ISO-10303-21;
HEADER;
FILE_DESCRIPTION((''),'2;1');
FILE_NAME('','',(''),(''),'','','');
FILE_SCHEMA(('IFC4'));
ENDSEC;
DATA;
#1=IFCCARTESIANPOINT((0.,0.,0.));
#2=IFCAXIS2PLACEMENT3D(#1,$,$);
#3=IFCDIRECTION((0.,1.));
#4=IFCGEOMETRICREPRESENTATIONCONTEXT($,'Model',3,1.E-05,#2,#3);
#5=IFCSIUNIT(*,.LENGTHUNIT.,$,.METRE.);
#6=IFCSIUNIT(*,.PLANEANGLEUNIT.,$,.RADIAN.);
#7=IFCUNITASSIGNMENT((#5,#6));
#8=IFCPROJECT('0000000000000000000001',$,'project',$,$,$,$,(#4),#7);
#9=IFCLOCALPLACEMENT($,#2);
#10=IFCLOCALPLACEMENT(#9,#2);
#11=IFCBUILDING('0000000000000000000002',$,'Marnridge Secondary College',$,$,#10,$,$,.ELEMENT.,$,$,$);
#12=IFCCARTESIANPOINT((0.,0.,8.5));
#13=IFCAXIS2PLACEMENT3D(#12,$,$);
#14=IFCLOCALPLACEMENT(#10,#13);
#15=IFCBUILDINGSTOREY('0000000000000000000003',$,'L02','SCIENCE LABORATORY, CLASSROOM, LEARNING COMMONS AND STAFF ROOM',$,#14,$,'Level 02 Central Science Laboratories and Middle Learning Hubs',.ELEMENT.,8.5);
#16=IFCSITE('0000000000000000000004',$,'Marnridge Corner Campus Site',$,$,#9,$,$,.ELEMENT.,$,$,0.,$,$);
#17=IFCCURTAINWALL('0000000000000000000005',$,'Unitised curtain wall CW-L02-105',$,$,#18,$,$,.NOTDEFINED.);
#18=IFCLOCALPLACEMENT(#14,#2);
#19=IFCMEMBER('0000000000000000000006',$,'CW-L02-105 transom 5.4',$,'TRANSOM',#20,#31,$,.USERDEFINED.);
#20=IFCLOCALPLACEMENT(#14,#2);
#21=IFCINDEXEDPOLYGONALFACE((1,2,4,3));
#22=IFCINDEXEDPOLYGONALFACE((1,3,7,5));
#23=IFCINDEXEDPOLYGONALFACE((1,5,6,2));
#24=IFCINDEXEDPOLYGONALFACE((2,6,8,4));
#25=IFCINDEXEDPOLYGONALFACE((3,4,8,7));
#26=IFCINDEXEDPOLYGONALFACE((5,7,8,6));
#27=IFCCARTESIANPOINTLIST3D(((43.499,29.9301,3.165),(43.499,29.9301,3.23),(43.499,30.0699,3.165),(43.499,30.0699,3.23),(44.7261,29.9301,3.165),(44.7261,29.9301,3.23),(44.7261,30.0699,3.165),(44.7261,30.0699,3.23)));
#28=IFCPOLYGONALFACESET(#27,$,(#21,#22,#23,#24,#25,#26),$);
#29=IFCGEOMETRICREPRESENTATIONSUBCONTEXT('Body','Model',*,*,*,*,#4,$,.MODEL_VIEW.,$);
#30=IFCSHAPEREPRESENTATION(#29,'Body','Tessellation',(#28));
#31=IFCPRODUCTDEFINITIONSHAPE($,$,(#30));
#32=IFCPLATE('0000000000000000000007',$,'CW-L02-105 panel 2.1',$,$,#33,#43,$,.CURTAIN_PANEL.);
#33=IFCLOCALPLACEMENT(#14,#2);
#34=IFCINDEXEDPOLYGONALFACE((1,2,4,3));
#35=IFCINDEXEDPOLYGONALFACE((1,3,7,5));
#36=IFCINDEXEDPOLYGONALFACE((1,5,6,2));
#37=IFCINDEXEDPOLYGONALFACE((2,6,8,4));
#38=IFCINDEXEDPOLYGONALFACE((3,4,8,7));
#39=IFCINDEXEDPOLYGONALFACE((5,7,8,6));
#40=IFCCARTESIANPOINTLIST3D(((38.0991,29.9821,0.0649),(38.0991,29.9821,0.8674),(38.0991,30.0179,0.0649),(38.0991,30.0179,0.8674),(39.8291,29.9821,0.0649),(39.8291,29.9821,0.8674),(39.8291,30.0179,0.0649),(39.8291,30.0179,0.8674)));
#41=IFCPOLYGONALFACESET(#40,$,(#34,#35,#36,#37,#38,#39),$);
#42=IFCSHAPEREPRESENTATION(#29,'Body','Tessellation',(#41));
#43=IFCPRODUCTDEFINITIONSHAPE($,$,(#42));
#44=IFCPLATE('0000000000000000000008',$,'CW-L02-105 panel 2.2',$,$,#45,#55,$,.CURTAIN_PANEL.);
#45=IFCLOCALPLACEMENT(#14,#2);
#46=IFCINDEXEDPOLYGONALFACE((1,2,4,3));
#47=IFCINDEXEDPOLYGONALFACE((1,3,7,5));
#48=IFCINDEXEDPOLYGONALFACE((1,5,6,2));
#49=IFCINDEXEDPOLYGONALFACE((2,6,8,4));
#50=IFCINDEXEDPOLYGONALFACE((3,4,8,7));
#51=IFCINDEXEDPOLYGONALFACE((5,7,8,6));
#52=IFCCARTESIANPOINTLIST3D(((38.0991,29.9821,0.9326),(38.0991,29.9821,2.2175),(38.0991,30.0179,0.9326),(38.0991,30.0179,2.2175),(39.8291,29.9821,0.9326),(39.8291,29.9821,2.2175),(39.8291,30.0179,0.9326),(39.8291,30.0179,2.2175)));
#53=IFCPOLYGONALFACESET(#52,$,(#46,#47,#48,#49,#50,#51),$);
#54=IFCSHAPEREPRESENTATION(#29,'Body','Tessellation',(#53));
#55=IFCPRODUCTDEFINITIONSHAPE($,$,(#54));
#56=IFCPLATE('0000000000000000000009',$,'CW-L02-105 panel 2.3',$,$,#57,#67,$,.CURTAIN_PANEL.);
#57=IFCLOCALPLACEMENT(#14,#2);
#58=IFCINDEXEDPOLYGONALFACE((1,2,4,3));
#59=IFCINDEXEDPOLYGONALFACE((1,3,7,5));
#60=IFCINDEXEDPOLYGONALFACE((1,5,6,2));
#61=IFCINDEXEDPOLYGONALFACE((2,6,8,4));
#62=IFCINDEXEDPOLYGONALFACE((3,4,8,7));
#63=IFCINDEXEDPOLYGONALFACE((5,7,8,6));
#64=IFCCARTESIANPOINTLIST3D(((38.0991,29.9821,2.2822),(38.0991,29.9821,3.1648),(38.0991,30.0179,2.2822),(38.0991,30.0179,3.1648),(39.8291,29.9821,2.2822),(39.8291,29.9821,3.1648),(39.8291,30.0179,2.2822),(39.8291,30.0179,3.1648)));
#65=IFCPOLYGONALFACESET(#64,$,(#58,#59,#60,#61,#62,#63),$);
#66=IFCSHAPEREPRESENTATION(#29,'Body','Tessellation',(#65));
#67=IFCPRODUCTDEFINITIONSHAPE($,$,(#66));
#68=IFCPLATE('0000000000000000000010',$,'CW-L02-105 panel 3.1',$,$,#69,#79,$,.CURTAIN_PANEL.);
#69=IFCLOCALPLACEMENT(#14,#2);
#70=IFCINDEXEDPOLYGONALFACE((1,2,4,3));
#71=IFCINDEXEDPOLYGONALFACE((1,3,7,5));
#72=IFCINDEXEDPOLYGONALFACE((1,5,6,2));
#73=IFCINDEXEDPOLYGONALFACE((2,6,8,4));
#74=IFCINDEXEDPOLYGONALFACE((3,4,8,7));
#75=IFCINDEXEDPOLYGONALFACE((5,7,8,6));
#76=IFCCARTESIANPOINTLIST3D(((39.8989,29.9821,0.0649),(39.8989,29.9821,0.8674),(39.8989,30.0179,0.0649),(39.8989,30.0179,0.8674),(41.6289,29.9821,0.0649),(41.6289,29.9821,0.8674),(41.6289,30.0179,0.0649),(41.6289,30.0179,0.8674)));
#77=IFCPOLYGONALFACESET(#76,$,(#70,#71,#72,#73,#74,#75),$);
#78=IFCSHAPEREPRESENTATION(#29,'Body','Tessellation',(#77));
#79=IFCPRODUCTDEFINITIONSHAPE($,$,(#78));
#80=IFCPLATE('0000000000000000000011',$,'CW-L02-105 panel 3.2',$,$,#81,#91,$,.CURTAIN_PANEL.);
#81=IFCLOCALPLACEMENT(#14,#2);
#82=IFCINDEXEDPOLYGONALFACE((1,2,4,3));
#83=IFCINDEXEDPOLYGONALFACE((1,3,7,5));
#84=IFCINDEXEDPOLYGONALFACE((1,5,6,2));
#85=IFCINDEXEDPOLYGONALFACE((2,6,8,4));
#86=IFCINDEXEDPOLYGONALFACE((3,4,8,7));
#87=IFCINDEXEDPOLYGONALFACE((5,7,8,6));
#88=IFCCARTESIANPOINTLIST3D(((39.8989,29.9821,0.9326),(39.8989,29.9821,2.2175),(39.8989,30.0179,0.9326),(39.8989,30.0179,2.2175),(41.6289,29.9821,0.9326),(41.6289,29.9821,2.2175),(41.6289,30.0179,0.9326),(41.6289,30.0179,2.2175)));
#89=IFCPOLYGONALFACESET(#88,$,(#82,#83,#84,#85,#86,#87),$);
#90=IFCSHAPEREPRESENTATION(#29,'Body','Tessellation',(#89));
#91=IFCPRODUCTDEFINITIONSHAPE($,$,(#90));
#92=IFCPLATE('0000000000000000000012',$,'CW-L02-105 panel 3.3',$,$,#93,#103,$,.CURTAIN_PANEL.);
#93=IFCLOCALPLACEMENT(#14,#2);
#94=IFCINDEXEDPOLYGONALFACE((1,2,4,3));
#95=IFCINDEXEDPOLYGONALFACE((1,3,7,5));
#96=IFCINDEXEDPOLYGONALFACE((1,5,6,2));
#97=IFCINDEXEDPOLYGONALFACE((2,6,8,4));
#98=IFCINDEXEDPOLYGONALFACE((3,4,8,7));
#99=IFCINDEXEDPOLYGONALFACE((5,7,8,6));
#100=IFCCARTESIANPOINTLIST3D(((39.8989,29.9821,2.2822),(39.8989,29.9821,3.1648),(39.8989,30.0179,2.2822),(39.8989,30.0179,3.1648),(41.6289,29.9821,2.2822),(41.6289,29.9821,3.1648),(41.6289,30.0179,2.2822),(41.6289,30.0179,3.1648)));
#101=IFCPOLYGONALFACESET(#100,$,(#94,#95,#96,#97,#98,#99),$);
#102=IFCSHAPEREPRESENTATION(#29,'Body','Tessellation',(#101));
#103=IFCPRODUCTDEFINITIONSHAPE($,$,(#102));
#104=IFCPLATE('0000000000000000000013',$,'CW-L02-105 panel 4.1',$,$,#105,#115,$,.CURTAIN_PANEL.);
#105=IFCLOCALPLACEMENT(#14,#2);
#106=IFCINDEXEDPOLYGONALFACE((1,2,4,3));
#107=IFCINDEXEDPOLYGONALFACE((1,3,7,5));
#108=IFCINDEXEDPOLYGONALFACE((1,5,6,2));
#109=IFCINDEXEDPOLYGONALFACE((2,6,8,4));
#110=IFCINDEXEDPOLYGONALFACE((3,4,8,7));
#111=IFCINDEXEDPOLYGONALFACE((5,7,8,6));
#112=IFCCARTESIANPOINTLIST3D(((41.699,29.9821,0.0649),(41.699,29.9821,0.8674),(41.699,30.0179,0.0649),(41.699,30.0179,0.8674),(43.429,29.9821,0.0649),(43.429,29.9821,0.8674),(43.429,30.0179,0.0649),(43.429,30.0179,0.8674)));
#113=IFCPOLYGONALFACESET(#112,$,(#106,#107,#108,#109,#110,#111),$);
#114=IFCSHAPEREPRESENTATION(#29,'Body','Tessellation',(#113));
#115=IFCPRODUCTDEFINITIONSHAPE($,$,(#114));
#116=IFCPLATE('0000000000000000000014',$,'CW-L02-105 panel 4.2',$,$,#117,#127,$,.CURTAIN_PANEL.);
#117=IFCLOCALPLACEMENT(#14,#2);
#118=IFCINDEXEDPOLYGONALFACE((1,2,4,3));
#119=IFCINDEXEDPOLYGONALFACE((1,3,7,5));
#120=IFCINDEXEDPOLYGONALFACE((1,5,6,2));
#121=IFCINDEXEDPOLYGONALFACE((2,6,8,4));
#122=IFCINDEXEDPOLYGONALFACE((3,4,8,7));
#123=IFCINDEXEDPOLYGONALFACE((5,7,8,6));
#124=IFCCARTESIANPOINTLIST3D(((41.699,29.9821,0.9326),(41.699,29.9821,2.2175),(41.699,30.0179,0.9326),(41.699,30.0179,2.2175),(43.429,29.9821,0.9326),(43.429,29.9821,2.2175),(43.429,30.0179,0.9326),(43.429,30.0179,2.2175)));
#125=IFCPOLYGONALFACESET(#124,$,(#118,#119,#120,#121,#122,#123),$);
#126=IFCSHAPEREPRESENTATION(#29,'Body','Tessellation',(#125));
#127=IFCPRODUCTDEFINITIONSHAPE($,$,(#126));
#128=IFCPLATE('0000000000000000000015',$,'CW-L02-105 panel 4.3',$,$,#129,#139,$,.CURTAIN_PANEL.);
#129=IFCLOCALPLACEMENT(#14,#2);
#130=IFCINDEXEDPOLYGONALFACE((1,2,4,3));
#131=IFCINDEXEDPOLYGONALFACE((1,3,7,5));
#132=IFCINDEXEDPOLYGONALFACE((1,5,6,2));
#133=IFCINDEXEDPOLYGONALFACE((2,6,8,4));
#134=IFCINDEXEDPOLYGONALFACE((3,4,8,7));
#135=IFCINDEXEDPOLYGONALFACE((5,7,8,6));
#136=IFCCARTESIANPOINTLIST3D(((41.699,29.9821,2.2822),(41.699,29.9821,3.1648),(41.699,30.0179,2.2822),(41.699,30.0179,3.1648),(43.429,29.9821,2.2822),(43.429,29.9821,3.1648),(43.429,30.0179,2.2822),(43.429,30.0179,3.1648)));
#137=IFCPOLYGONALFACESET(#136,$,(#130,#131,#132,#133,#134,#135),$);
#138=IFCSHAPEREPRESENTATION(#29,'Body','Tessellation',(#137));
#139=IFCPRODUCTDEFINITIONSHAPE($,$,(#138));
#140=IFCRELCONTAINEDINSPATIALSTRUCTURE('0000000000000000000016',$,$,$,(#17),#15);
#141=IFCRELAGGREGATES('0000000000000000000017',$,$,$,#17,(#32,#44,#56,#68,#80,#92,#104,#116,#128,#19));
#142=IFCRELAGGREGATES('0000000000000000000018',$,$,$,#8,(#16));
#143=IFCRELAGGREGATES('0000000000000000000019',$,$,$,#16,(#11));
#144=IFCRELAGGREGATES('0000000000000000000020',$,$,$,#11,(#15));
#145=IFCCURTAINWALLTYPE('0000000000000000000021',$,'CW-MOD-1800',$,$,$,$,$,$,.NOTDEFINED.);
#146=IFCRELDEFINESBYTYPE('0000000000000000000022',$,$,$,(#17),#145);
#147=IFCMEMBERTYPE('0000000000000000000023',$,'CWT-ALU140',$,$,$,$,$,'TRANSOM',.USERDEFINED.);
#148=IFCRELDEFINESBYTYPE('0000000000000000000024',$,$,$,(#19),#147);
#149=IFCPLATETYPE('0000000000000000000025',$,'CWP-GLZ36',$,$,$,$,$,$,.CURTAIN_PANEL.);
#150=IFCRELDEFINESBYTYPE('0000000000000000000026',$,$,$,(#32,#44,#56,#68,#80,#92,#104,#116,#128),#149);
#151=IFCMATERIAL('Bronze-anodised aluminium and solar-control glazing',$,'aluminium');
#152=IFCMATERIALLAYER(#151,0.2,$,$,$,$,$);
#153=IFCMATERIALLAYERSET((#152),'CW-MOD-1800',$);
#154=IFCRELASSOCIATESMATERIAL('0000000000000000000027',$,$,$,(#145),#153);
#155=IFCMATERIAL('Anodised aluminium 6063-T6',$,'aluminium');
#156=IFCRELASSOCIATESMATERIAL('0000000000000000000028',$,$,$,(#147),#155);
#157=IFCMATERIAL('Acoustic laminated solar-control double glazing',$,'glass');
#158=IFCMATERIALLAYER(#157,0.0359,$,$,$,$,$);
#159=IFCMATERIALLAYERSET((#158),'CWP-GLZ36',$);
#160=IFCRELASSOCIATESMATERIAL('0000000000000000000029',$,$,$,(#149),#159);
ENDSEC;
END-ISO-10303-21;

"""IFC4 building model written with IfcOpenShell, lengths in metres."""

from ifc_helpers import new_model, si_unit, direction, frame, origin, origin_2d, place, context, subcontext, project, spatial, rectangle, extrude, material, layer, layer_set, material_profile, profile_set, type_object, element, aggregate, save


model = new_model("IFC4")

# Units and contexts
model_context = context("Model", 3, precision=1e-05, world=origin(), true_north=direction((0.0, 1.0)))
body_context = subcontext(model_context, "Body", "Model", "MODEL_VIEW")
ifc_project = project(units=[si_unit("LENGTHUNIT", "METRE"), si_unit("PLANEANGLEUNIT", "RADIAN")], contexts=[model_context])

# Site, building, storey
site_placement = place(None, origin())
site = spatial("IfcSite", under=ifc_project, at=site_placement, Name="Marnridge Corner Campus Site", CompositionType="ELEMENT", RefElevation=0.0)
building_placement = place(site_placement, origin())
building = spatial("IfcBuilding", under=site, at=building_placement, Name="Marnridge Secondary College", CompositionType="ELEMENT")
storey_placement = place(building_placement, frame((0.0, 0.0, 8.5)))
storey = spatial("IfcBuildingStorey", under=building, at=storey_placement, Name="L02", Description="SCIENCE LABORATORY, CLASSROOM, LEARNING COMMONS AND STAFF ROOM", LongName="Level 02 Central Science Laboratories and Middle Learning Hubs", CompositionType="ELEMENT", Elevation=8.5)

# Curtain wall, member, plates
ifc_material_1 = material(Name="Bronze-anodised aluminium and solar-control glazing", Category="aluminium")
ifc_layer_1 = layer(ifc_material_1, 0.2)
ifc_layer_set_1 = layer_set([ifc_layer_1], Name="CW-MOD-1800")
curtain_wall_type = type_object("IfcCurtainWallType", Name="CW-MOD-1800", PredefinedType="NOTDEFINED", material=ifc_layer_set_1)
curtain_wall_placement = place(storey_placement, origin())
curtain_wall = element("IfcCurtainWall", 1, at=curtain_wall_placement, inside=storey, type_object=curtain_wall_type, Name="Unitised curtain wall CW-L02-105", PredefinedType="NOTDEFINED")
ifc_material_2 = material(Name="Anodised aluminium 6063-T6", Category="aluminium")
ifc_material_profile_1 = material_profile(ifc_material_2, rectangle(XDim=0.0649, YDim=0.1399, at=origin_2d()), Name="ALU 65x140")
ifc_profile_set_1 = profile_set([ifc_material_profile_1], Name="Anodised aluminium 6063-T6")
member_type_1 = type_object("IfcMemberType", Name="CWT-ALU140", ElementType="TRANSOM", PredefinedType="USERDEFINED", material=ifc_profile_set_1)
member_1_placement = place(storey_placement, frame((43.499, 30.0, 3.1975), z_axis=(1.0, 0.0, 0.0), x_axis=(0.0, 0.0, 1.0)))
member_1 = element("IfcMember", 2, at=member_1_placement, type_object=member_type_1, Name="CW-L02-105 transom 5.4", ObjectType="TRANSOM", PredefinedType="USERDEFINED", context=body_context, shape_type="SweptSolid", body=[
    extrude(rectangle(XDim=0.0649, YDim=0.1399, at=origin_2d()), origin(), (0.0, 0.0, 1.0), 1.2271),
])
ifc_material_3 = material(Name="Acoustic laminated solar-control double glazing", Category="glass")
ifc_layer_2 = layer(ifc_material_3, 0.0359)
ifc_layer_set_2 = layer_set([ifc_layer_2], Name="CWP-GLZ36")
plate_type = type_object("IfcPlateType", Name="CWP-GLZ36", PredefinedType="CURTAIN_PANEL", material=ifc_layer_set_2)
plate_1_placement = place(storey_placement, frame((38.9641, 30.0, 0.0649), z_axis=(0.0, 0.0, 1.0), x_axis=(1.0, 0.0, 0.0)))
plate_1 = element("IfcPlate", 3, at=plate_1_placement, type_object=plate_type, Name="CW-L02-105 panel 2.1", PredefinedType="CURTAIN_PANEL", context=body_context, shape_type="SweptSolid", body=[
    extrude(rectangle(XDim=1.73, YDim=0.0359, at=origin_2d()), origin(), (0.0, 0.0, 1.0), 0.8025),
])
plate_2_placement = place(storey_placement, frame((38.9641, 30.0, 0.9326), z_axis=(0.0, 0.0, 1.0), x_axis=(1.0, 0.0, 0.0)))
plate_2 = element("IfcPlate", 4, at=plate_2_placement, type_object=plate_type, Name="CW-L02-105 panel 2.2", PredefinedType="CURTAIN_PANEL", context=body_context, shape_type="SweptSolid", body=[
    extrude(rectangle(XDim=1.73, YDim=0.0359, at=origin_2d()), origin(), (0.0, 0.0, 1.0), 1.2849),
])
plate_3_placement = place(storey_placement, frame((38.9641, 30.0, 2.2822), z_axis=(0.0, 0.0, 1.0), x_axis=(1.0, 0.0, 0.0)))
plate_3 = element("IfcPlate", 5, at=plate_3_placement, type_object=plate_type, Name="CW-L02-105 panel 2.3", PredefinedType="CURTAIN_PANEL", context=body_context, shape_type="SweptSolid", body=[
    extrude(rectangle(XDim=1.73, YDim=0.0359, at=origin_2d()), origin(), (0.0, 0.0, 1.0), 0.8826),
])
plate_4_placement = place(storey_placement, frame((40.7639, 30.0, 0.0649), z_axis=(0.0, 0.0, 1.0), x_axis=(1.0, 0.0, 0.0)))
plate_4 = element("IfcPlate", 6, at=plate_4_placement, type_object=plate_type, Name="CW-L02-105 panel 3.1", PredefinedType="CURTAIN_PANEL", context=body_context, shape_type="SweptSolid", body=[
    extrude(rectangle(XDim=1.73, YDim=0.0359, at=origin_2d()), origin(), (0.0, 0.0, 1.0), 0.8025),
])
plate_5_placement = place(storey_placement, frame((40.7639, 30.0, 0.9326), z_axis=(0.0, 0.0, 1.0), x_axis=(1.0, 0.0, 0.0)))
plate_5 = element("IfcPlate", 7, at=plate_5_placement, type_object=plate_type, Name="CW-L02-105 panel 3.2", PredefinedType="CURTAIN_PANEL", context=body_context, shape_type="SweptSolid", body=[
    extrude(rectangle(XDim=1.73, YDim=0.0359, at=origin_2d()), origin(), (0.0, 0.0, 1.0), 1.2849),
])
plate_6_placement = place(storey_placement, frame((40.7639, 30.0, 2.2822), z_axis=(0.0, 0.0, 1.0), x_axis=(1.0, 0.0, 0.0)))
plate_6 = element("IfcPlate", 8, at=plate_6_placement, type_object=plate_type, Name="CW-L02-105 panel 3.3", PredefinedType="CURTAIN_PANEL", context=body_context, shape_type="SweptSolid", body=[
    extrude(rectangle(XDim=1.73, YDim=0.0359, at=origin_2d()), origin(), (0.0, 0.0, 1.0), 0.8826),
])
plate_7_placement = place(storey_placement, frame((42.564, 30.0, 0.0649), z_axis=(0.0, 0.0, 1.0), x_axis=(1.0, 0.0, 0.0)))
plate_7 = element("IfcPlate", 9, at=plate_7_placement, type_object=plate_type, Name="CW-L02-105 panel 4.1", PredefinedType="CURTAIN_PANEL", context=body_context, shape_type="SweptSolid", body=[
    extrude(rectangle(XDim=1.73, YDim=0.0359, at=origin_2d()), origin(), (0.0, 0.0, 1.0), 0.8025),
])
plate_8_placement = place(storey_placement, frame((42.564, 30.0, 0.9326), z_axis=(0.0, 0.0, 1.0), x_axis=(1.0, 0.0, 0.0)))
plate_8 = element("IfcPlate", 10, at=plate_8_placement, type_object=plate_type, Name="CW-L02-105 panel 4.2", PredefinedType="CURTAIN_PANEL", context=body_context, shape_type="SweptSolid", body=[
    extrude(rectangle(XDim=1.73, YDim=0.0359, at=origin_2d()), origin(), (0.0, 0.0, 1.0), 1.2849),
])
plate_9_placement = place(storey_placement, frame((42.564, 30.0, 2.2822), z_axis=(0.0, 0.0, 1.0), x_axis=(1.0, 0.0, 0.0)))
plate_9 = element("IfcPlate", 11, at=plate_9_placement, type_object=plate_type, Name="CW-L02-105 panel 4.3", PredefinedType="CURTAIN_PANEL", context=body_context, shape_type="SweptSolid", body=[
    extrude(rectangle(XDim=1.73, YDim=0.0359, at=origin_2d()), origin(), (0.0, 0.0, 1.0), 0.8826),
])
aggregate(curtain_wall, [plate_1, plate_2, plate_3, plate_4, plate_5, plate_6, plate_7, plate_8, plate_9, member_1])

save(model, "model.ifc")
